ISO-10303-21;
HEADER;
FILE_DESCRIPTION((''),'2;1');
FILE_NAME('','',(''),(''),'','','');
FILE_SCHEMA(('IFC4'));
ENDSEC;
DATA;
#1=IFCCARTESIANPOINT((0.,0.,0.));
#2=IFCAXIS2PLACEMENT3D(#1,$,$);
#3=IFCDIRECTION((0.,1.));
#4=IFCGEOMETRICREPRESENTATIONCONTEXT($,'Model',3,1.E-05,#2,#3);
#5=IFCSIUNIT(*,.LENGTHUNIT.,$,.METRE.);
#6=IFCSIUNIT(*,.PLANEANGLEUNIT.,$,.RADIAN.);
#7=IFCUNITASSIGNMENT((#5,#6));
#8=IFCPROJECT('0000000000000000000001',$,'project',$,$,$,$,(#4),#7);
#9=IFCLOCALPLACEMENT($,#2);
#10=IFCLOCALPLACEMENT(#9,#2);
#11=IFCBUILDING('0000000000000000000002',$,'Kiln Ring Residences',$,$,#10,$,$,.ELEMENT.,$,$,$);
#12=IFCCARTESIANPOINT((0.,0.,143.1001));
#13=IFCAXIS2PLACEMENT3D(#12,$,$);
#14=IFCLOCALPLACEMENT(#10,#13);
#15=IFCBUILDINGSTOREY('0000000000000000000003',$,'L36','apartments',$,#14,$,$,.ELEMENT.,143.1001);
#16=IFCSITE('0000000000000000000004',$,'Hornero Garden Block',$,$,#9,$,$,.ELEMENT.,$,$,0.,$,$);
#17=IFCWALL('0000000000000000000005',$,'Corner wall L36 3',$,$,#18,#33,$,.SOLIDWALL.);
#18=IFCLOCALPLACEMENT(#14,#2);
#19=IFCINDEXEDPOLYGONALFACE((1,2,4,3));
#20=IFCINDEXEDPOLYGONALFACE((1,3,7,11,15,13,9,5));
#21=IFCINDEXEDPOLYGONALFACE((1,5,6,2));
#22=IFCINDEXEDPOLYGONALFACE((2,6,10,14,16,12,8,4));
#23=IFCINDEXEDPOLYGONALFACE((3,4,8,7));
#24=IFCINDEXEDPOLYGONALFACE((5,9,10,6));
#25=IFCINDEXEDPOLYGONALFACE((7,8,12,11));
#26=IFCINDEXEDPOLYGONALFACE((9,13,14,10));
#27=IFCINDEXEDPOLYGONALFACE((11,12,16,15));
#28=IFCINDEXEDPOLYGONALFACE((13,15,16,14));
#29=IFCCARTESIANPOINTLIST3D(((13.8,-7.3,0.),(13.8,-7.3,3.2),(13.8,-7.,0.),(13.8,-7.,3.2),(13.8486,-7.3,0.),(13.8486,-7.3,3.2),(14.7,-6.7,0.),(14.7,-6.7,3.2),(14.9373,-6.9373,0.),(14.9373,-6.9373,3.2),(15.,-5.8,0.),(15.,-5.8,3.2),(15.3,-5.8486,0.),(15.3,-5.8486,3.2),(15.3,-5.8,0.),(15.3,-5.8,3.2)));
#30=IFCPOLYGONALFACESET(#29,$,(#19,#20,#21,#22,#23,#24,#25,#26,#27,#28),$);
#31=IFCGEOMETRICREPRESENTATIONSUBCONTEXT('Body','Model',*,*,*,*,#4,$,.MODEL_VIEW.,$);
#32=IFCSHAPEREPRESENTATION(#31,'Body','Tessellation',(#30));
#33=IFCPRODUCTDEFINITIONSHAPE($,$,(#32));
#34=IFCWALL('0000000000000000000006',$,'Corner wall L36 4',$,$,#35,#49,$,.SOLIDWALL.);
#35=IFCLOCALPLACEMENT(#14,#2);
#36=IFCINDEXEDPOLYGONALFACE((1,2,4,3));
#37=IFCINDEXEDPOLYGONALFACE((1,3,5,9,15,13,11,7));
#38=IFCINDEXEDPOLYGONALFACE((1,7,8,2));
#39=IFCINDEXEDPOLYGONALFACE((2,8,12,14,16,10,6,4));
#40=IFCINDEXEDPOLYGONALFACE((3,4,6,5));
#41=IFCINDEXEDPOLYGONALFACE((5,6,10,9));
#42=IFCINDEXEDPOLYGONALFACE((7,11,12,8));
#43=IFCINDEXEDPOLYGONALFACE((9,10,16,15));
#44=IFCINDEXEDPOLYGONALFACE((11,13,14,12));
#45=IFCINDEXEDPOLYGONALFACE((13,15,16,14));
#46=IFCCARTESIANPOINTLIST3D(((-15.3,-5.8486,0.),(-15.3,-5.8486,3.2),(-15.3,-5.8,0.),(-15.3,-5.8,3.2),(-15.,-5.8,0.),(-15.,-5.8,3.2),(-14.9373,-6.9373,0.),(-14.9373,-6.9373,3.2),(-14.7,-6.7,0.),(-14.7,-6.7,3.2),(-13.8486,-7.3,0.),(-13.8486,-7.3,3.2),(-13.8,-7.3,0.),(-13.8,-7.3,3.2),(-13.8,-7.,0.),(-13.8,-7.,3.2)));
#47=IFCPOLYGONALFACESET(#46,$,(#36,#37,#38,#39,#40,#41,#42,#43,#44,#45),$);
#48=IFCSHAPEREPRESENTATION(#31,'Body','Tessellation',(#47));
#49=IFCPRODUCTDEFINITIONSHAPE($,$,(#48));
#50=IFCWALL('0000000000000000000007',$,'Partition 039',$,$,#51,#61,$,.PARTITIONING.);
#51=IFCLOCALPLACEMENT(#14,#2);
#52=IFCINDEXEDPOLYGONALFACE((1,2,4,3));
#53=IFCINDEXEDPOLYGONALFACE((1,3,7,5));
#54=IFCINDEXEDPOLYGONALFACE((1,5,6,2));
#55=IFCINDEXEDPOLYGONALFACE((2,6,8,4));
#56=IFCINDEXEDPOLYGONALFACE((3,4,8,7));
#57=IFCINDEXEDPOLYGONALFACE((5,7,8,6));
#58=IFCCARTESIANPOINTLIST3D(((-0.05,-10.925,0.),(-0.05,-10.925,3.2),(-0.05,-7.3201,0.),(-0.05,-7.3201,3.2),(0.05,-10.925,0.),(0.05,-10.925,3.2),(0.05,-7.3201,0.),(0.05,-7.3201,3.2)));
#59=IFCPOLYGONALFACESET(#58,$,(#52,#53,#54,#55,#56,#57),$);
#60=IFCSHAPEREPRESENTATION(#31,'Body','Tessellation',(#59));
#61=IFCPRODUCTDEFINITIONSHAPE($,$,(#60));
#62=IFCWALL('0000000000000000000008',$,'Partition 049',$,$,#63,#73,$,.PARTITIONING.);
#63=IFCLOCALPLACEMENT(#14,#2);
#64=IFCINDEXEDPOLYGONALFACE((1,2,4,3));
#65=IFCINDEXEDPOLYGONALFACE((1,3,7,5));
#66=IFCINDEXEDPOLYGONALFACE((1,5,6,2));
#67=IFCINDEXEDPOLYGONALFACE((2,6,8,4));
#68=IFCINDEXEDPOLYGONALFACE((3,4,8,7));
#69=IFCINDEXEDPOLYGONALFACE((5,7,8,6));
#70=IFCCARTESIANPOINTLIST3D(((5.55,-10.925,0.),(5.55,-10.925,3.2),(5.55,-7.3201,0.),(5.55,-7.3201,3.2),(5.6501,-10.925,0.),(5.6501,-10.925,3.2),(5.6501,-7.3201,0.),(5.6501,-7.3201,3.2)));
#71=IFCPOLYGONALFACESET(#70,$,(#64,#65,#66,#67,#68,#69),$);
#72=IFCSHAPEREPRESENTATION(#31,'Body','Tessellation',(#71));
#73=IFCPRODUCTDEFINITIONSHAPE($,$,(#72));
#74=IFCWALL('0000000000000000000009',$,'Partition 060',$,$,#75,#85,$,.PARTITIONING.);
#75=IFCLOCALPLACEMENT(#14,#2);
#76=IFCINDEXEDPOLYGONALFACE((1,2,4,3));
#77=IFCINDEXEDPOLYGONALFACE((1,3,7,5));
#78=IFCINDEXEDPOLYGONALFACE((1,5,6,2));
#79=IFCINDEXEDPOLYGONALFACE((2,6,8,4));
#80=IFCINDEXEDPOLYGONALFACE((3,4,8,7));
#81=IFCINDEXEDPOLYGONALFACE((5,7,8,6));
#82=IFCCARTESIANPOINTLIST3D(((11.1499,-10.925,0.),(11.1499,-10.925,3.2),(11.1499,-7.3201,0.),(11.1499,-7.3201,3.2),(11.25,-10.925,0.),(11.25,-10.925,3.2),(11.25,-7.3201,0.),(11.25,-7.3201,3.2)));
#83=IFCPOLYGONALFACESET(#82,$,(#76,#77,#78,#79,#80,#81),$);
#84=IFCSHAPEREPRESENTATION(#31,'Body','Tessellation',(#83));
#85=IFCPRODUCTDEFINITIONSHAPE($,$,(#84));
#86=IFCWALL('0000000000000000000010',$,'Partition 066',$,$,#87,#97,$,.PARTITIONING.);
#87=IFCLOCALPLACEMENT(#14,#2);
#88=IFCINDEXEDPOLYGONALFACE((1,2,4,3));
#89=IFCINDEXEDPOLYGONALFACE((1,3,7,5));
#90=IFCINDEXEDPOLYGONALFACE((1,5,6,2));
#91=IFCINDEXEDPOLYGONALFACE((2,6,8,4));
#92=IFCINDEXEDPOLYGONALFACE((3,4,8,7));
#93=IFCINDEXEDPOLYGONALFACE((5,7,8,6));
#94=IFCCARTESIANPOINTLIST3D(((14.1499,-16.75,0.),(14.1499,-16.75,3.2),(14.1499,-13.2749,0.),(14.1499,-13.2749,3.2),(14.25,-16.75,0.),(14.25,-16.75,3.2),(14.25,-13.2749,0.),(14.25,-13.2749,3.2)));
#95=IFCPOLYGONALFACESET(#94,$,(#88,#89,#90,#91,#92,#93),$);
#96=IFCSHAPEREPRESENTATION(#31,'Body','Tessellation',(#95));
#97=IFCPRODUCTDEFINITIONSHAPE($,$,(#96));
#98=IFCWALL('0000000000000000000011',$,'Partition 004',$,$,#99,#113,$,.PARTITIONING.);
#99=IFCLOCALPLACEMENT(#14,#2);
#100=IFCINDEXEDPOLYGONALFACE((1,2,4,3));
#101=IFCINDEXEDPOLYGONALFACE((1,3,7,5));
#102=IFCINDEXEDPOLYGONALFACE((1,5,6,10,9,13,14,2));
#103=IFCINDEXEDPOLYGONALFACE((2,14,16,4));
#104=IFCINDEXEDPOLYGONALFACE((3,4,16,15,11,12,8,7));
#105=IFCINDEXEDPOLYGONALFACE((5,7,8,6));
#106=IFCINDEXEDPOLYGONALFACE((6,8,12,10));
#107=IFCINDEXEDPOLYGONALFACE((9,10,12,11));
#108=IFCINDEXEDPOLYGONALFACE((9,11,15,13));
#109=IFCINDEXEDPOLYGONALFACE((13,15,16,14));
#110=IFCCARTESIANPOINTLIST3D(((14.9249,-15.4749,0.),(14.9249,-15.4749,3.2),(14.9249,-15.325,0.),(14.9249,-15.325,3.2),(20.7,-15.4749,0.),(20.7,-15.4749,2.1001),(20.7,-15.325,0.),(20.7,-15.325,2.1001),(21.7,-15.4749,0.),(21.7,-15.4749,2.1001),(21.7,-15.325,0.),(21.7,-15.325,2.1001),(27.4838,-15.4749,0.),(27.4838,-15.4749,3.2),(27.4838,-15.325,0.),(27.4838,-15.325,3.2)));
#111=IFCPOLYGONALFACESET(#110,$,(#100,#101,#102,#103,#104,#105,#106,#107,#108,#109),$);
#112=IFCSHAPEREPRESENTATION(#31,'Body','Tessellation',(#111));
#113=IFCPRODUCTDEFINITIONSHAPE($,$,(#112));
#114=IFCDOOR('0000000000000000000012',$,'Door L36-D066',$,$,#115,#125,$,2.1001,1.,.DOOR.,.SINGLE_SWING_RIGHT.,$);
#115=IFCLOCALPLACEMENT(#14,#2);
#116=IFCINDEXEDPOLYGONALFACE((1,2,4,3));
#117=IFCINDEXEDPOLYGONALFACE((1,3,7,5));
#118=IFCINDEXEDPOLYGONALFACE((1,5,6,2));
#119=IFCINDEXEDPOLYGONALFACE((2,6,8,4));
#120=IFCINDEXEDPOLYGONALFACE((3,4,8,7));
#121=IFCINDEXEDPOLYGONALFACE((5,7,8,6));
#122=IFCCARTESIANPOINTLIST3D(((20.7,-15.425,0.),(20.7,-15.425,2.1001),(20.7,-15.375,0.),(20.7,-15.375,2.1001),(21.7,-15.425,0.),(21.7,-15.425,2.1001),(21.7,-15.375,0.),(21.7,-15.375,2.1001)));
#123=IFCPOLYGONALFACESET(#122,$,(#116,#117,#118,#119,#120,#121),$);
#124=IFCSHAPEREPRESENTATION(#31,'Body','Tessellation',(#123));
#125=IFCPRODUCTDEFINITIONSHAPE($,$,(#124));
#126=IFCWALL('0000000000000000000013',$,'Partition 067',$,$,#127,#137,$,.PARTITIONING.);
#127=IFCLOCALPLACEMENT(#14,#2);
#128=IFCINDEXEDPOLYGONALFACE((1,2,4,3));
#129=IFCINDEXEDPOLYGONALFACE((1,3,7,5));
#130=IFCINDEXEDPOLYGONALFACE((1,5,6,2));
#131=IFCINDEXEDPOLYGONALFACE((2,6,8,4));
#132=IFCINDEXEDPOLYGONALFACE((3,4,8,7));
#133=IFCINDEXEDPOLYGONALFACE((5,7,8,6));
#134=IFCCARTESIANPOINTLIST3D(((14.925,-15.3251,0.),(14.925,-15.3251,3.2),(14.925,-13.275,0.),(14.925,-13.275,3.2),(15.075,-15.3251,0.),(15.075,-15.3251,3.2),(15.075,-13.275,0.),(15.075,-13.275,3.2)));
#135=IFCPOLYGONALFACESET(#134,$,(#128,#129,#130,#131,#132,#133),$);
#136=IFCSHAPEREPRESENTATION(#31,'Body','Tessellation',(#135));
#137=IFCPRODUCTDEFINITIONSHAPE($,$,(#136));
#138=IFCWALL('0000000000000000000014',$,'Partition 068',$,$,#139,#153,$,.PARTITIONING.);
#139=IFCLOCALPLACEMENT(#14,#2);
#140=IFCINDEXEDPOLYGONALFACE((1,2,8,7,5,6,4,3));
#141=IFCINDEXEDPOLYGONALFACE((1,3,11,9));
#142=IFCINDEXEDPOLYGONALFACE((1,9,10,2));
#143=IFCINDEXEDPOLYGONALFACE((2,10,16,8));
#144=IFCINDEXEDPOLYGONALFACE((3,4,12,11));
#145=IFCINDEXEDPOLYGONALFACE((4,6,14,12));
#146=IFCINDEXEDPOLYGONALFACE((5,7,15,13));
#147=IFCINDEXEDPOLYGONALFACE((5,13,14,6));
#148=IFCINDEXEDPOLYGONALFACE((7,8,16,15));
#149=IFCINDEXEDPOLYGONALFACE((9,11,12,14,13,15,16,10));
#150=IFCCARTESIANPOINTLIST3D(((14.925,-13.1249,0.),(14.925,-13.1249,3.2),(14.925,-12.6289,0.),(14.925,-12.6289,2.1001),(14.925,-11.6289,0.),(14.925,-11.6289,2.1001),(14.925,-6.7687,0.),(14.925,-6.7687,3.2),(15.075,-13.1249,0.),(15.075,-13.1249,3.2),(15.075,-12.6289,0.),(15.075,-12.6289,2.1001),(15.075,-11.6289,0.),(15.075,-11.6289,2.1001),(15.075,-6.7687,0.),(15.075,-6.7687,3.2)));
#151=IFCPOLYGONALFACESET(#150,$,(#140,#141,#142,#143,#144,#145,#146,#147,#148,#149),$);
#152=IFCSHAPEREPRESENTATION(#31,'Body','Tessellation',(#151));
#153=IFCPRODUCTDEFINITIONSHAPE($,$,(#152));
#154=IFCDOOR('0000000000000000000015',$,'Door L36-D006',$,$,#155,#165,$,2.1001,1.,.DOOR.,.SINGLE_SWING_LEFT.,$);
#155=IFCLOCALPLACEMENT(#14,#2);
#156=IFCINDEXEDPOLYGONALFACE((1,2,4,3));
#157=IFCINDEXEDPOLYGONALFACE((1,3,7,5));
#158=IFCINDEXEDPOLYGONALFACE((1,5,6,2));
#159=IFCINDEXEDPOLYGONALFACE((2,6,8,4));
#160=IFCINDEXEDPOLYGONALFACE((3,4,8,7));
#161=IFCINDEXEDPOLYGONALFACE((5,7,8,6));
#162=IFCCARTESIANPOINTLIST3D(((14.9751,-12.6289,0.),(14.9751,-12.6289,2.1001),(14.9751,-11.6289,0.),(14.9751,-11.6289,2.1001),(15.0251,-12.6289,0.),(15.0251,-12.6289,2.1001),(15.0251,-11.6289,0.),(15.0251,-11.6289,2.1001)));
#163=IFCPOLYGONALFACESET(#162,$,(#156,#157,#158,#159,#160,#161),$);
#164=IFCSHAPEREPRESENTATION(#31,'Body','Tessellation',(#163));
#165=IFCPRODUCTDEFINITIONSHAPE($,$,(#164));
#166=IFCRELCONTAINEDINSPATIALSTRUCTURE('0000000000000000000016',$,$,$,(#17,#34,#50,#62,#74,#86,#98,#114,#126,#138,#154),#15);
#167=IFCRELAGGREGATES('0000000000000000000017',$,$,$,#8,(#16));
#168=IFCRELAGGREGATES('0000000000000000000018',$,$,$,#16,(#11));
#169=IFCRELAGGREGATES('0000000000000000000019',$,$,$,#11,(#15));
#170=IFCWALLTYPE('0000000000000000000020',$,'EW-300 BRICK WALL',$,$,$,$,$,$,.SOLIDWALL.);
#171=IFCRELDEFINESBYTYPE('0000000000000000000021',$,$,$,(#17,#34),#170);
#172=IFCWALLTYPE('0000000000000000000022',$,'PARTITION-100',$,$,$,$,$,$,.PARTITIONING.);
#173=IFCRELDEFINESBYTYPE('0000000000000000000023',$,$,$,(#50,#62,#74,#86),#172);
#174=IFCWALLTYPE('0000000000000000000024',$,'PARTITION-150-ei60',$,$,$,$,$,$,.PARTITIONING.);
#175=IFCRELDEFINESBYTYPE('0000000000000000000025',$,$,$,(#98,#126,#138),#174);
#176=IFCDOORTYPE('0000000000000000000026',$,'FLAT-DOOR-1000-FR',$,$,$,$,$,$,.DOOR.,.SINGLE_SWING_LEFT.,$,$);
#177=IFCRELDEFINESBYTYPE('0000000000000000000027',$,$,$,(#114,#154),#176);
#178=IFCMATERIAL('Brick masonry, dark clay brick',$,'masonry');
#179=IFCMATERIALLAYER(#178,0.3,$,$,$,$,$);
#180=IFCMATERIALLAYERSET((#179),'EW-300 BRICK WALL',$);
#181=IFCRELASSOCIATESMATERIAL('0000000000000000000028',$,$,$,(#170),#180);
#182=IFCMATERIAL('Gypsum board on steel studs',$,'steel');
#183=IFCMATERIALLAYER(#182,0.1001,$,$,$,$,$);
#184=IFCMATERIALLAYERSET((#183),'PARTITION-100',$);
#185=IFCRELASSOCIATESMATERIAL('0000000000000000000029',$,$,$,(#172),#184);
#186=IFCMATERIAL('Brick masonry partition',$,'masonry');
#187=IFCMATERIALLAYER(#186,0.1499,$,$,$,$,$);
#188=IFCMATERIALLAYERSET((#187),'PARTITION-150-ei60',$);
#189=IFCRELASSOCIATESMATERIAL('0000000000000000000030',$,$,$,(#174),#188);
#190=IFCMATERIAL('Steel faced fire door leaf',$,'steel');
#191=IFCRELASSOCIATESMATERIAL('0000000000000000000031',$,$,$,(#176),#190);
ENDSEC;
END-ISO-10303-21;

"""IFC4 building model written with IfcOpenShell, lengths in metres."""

from ifc_helpers import new_model, si_unit, direction, frame, frame_2d, origin, place, context, subcontext, project, spatial, polyline, rectangle, outline, extrude, material, layer, layer_set, type_object, element, fill, save


model = new_model("IFC4")

# Units and contexts
model_context = context("Model", 3, precision=1e-05, world=origin(), true_north=direction((0.0, 1.0)))
body_context = subcontext(model_context, "Body", "Model", "MODEL_VIEW")
ifc_project = project(units=[si_unit("LENGTHUNIT", "METRE"), si_unit("PLANEANGLEUNIT", "RADIAN")], contexts=[model_context])

# Site, building, storey
site_placement = place(None, origin())
site = spatial("IfcSite", under=ifc_project, at=site_placement, Name="Hornero Garden Block", CompositionType="ELEMENT", RefElevation=0.0)
building_placement = place(site_placement, origin())
building = spatial("IfcBuilding", under=site, at=building_placement, Name="Kiln Ring Residences", CompositionType="ELEMENT")
storey_placement = place(building_placement, frame((0.0, 0.0, 143.1001)))
storey = spatial("IfcBuildingStorey", under=building, at=storey_placement, Name="L36", Description="apartments", CompositionType="ELEMENT", Elevation=143.1001)

# Shared definitions
placement_1 = place(storey_placement, origin())

# Shared definitions
ifc_material_1 = material(Name="Brick masonry, dark clay brick", Category="masonry")
ifc_layer_1 = layer(ifc_material_1, 0.3)
ifc_layer_set_1 = layer_set([ifc_layer_1], Name="EW-300 BRICK WALL")
wall_type_1 = type_object("IfcWallType", Name="EW-300 BRICK WALL", PredefinedType="SOLIDWALL", material=ifc_layer_set_1)

# Walls
element("IfcWall", 1, at=placement_1, inside=storey, type_object=wall_type_1, Name="Corner wall L36 3", PredefinedType="SOLIDWALL", context=body_context, shape_type="SweptSolid", body=[
    extrude(outline(polyline([(14.9373, -6.9373), (15.3, -5.8486), (15.3, -5.8), (15.0, -5.8), (14.7, -6.7), (13.8, -7.0), (13.8, -7.3), (13.8486, -7.3), (14.9373, -6.9373)])), origin(), (0.0, 0.0, 1.0), 3.2),
])
element("IfcWall", 2, at=placement_1, inside=storey, type_object=wall_type_1, Name="Corner wall L36 4", PredefinedType="SOLIDWALL", context=body_context, shape_type="SweptSolid", body=[
    extrude(outline(polyline([(-14.9373, -6.9373), (-13.8486, -7.3), (-13.8, -7.3), (-13.8, -7.0), (-14.7, -6.7), (-15.0, -5.8), (-15.3, -5.8), (-15.3, -5.8486), (-14.9373, -6.9373)])), origin(), (0.0, 0.0, 1.0), 3.2),
])
ifc_material_2 = material(Name="Gypsum board on steel studs", Category="steel")
ifc_layer_2 = layer(ifc_material_2, 0.1001)
ifc_layer_set_2 = layer_set([ifc_layer_2], Name="PARTITION-100")
wall_type_2 = type_object("IfcWallType", Name="PARTITION-100", PredefinedType="PARTITIONING", material=ifc_layer_set_2)
for number, where, z_axis, x_axis, name in (
    (3, (0.0, -10.925, 0.0), (0.0, 0.0, 1.0), (0.0, 1.0, 0.0), "Partition 039"),
    (4, (5.6001, -10.925, 0.0), (0.0, 0.0, 1.0), (0.0, 1.0, 0.0), "Partition 049"),
    (5, (11.2, -10.925, 0.0), (0.0, 0.0, 1.0), (0.0, 1.0, 0.0), "Partition 060"),
):
    element("IfcWall", number, at=place(storey_placement, frame(where, z_axis=z_axis, x_axis=x_axis)), inside=storey, type_object=wall_type_2, Name=name, PredefinedType="PARTITIONING", context=body_context, shape_type="SweptSolid", body=[
        extrude(rectangle(XDim=3.605, YDim=0.1001, at=frame_2d((1.8025, 0.0))), origin(), (0.0, 0.0, 1.0), 3.2),
    ])
wall_1_placement = place(storey_placement, frame((14.2, -16.75, 0.0), z_axis=(0.0, 0.0, 1.0), x_axis=(0.0, 1.0, 0.0)))
element("IfcWall", 6, at=wall_1_placement, inside=storey, type_object=wall_type_2, Name="Partition 066", PredefinedType="PARTITIONING", context=body_context, shape_type="SweptSolid", body=[
    extrude(rectangle(XDim=3.4751, YDim=0.1001, at=frame_2d((1.7375, 0.0))), origin(), (0.0, 0.0, 1.0), 3.2),
])

# Wall, opening, door
ifc_material_3 = material(Name="Brick masonry partition", Category="masonry")
ifc_layer_3 = layer(ifc_material_3, 0.1499)
ifc_layer_set_3 = layer_set([ifc_layer_3], Name="PARTITION-150-ei60")
wall_type_3 = type_object("IfcWallType", Name="PARTITION-150-ei60", PredefinedType="PARTITIONING", material=ifc_layer_set_3)
wall_2_placement = place(storey_placement, frame((14.925, -15.3999, 0.0), z_axis=(0.0, 0.0, 1.0), x_axis=(1.0, 0.0, 0.0)))
wall_2 = element("IfcWall", 7, at=wall_2_placement, inside=storey, type_object=wall_type_3, Name="Partition 004", PredefinedType="PARTITIONING", context=body_context, shape_type="SweptSolid", body=[
    extrude(rectangle(XDim=12.5588, YDim=0.1499, at=frame_2d((6.2793, 0.0))), origin(), (0.0, 0.0, 1.0), 3.2),
])
opening_1_placement = place(wall_2_placement, frame((5.7749, 0.0, 0.0)))
opening_1 = element("IfcOpeningElement", 8, at=opening_1_placement, cuts=wall_2, PredefinedType="OPENING", context=body_context, shape_type="SweptSolid", body=[
    extrude(rectangle(XDim=1.0, YDim=2.1001, at=frame_2d((0.5, 1.05))), frame((0.0, 0.085, 0.0), z_axis=(0.0, -1.0, 0.0), x_axis=(1.0, 0.0, 0.0)), (0.0, 0.0, 1.0), 0.1699),
])
ifc_material_4 = material(Name="Steel faced fire door leaf", Category="steel")
door_type = type_object("IfcDoorType", Name="FLAT-DOOR-1000-FR", OperationType="SINGLE_SWING_LEFT", PredefinedType="DOOR", material=ifc_material_4)
door_1_placement = place(opening_1_placement, origin())
door_1 = element("IfcDoor", 9, at=door_1_placement, inside=storey, type_object=door_type, Name="Door L36-D066", OperationType="SINGLE_SWING_RIGHT", OverallHeight=2.1001, OverallWidth=1.0, PredefinedType="DOOR", context=body_context, shape_type="SweptSolid", body=[
    extrude(rectangle(XDim=1.0, YDim=2.1001, at=frame_2d((0.5, 1.05))), frame((0.0, 0.0249, 0.0), z_axis=(0.0, -1.0, 0.0), x_axis=(1.0, 0.0, 0.0)), (0.0, 0.0, 1.0), 0.05),
])
fill(opening_1, door_1)

# Wall
wall_3_placement = place(storey_placement, frame((15.0, -15.325, 0.0), z_axis=(0.0, 0.0, 1.0), x_axis=(0.0, 1.0, 0.0)))
element("IfcWall", 10, at=wall_3_placement, inside=storey, type_object=wall_type_3, Name="Partition 067", PredefinedType="PARTITIONING", context=body_context, shape_type="SweptSolid", body=[
    extrude(rectangle(XDim=2.05, YDim=0.1499, at=frame_2d((1.0249, 0.0))), origin(), (0.0, 0.0, 1.0), 3.2),
])

# Wall, opening, door
wall_4_placement = place(storey_placement, frame((15.0, -13.125, 0.0), z_axis=(0.0, 0.0, 1.0), x_axis=(0.0, 1.0, 0.0)))
wall_4 = element("IfcWall", 11, at=wall_4_placement, inside=storey, type_object=wall_type_3, Name="Partition 068", PredefinedType="PARTITIONING", context=body_context, shape_type="SweptSolid", body=[
    extrude(rectangle(XDim=6.3562, YDim=0.1499, at=frame_2d((3.1782, 0.0))), origin(), (0.0, 0.0, 1.0), 3.2),
])
opening_2_placement = place(wall_4_placement, frame((0.4961, 0.0, 0.0)))
opening_2 = element("IfcOpeningElement", 12, at=opening_2_placement, cuts=wall_4, PredefinedType="OPENING", context=body_context, shape_type="SweptSolid", body=[
    extrude(rectangle(XDim=1.0, YDim=2.1001, at=frame_2d((0.5, 1.05))), frame((0.0, 0.085, 0.0), z_axis=(0.0, -1.0, 0.0), x_axis=(1.0, 0.0, 0.0)), (0.0, 0.0, 1.0), 0.1699),
])
door_2_placement = place(opening_2_placement, origin())
door_2 = element("IfcDoor", 13, at=door_2_placement, inside=storey, type_object=door_type, Name="Door L36-D006", OperationType="SINGLE_SWING_LEFT", OverallHeight=2.1001, OverallWidth=1.0, PredefinedType="DOOR", context=body_context, shape_type="SweptSolid", body=[
    extrude(rectangle(XDim=1.0, YDim=2.1001, at=frame_2d((0.5, 1.05))), frame((0.0, 0.0249, 0.0), z_axis=(0.0, -1.0, 0.0), x_axis=(1.0, 0.0, 0.0)), (0.0, 0.0, 1.0), 0.05),
])
fill(opening_2, door_2)

save(model, "model.ifc")
